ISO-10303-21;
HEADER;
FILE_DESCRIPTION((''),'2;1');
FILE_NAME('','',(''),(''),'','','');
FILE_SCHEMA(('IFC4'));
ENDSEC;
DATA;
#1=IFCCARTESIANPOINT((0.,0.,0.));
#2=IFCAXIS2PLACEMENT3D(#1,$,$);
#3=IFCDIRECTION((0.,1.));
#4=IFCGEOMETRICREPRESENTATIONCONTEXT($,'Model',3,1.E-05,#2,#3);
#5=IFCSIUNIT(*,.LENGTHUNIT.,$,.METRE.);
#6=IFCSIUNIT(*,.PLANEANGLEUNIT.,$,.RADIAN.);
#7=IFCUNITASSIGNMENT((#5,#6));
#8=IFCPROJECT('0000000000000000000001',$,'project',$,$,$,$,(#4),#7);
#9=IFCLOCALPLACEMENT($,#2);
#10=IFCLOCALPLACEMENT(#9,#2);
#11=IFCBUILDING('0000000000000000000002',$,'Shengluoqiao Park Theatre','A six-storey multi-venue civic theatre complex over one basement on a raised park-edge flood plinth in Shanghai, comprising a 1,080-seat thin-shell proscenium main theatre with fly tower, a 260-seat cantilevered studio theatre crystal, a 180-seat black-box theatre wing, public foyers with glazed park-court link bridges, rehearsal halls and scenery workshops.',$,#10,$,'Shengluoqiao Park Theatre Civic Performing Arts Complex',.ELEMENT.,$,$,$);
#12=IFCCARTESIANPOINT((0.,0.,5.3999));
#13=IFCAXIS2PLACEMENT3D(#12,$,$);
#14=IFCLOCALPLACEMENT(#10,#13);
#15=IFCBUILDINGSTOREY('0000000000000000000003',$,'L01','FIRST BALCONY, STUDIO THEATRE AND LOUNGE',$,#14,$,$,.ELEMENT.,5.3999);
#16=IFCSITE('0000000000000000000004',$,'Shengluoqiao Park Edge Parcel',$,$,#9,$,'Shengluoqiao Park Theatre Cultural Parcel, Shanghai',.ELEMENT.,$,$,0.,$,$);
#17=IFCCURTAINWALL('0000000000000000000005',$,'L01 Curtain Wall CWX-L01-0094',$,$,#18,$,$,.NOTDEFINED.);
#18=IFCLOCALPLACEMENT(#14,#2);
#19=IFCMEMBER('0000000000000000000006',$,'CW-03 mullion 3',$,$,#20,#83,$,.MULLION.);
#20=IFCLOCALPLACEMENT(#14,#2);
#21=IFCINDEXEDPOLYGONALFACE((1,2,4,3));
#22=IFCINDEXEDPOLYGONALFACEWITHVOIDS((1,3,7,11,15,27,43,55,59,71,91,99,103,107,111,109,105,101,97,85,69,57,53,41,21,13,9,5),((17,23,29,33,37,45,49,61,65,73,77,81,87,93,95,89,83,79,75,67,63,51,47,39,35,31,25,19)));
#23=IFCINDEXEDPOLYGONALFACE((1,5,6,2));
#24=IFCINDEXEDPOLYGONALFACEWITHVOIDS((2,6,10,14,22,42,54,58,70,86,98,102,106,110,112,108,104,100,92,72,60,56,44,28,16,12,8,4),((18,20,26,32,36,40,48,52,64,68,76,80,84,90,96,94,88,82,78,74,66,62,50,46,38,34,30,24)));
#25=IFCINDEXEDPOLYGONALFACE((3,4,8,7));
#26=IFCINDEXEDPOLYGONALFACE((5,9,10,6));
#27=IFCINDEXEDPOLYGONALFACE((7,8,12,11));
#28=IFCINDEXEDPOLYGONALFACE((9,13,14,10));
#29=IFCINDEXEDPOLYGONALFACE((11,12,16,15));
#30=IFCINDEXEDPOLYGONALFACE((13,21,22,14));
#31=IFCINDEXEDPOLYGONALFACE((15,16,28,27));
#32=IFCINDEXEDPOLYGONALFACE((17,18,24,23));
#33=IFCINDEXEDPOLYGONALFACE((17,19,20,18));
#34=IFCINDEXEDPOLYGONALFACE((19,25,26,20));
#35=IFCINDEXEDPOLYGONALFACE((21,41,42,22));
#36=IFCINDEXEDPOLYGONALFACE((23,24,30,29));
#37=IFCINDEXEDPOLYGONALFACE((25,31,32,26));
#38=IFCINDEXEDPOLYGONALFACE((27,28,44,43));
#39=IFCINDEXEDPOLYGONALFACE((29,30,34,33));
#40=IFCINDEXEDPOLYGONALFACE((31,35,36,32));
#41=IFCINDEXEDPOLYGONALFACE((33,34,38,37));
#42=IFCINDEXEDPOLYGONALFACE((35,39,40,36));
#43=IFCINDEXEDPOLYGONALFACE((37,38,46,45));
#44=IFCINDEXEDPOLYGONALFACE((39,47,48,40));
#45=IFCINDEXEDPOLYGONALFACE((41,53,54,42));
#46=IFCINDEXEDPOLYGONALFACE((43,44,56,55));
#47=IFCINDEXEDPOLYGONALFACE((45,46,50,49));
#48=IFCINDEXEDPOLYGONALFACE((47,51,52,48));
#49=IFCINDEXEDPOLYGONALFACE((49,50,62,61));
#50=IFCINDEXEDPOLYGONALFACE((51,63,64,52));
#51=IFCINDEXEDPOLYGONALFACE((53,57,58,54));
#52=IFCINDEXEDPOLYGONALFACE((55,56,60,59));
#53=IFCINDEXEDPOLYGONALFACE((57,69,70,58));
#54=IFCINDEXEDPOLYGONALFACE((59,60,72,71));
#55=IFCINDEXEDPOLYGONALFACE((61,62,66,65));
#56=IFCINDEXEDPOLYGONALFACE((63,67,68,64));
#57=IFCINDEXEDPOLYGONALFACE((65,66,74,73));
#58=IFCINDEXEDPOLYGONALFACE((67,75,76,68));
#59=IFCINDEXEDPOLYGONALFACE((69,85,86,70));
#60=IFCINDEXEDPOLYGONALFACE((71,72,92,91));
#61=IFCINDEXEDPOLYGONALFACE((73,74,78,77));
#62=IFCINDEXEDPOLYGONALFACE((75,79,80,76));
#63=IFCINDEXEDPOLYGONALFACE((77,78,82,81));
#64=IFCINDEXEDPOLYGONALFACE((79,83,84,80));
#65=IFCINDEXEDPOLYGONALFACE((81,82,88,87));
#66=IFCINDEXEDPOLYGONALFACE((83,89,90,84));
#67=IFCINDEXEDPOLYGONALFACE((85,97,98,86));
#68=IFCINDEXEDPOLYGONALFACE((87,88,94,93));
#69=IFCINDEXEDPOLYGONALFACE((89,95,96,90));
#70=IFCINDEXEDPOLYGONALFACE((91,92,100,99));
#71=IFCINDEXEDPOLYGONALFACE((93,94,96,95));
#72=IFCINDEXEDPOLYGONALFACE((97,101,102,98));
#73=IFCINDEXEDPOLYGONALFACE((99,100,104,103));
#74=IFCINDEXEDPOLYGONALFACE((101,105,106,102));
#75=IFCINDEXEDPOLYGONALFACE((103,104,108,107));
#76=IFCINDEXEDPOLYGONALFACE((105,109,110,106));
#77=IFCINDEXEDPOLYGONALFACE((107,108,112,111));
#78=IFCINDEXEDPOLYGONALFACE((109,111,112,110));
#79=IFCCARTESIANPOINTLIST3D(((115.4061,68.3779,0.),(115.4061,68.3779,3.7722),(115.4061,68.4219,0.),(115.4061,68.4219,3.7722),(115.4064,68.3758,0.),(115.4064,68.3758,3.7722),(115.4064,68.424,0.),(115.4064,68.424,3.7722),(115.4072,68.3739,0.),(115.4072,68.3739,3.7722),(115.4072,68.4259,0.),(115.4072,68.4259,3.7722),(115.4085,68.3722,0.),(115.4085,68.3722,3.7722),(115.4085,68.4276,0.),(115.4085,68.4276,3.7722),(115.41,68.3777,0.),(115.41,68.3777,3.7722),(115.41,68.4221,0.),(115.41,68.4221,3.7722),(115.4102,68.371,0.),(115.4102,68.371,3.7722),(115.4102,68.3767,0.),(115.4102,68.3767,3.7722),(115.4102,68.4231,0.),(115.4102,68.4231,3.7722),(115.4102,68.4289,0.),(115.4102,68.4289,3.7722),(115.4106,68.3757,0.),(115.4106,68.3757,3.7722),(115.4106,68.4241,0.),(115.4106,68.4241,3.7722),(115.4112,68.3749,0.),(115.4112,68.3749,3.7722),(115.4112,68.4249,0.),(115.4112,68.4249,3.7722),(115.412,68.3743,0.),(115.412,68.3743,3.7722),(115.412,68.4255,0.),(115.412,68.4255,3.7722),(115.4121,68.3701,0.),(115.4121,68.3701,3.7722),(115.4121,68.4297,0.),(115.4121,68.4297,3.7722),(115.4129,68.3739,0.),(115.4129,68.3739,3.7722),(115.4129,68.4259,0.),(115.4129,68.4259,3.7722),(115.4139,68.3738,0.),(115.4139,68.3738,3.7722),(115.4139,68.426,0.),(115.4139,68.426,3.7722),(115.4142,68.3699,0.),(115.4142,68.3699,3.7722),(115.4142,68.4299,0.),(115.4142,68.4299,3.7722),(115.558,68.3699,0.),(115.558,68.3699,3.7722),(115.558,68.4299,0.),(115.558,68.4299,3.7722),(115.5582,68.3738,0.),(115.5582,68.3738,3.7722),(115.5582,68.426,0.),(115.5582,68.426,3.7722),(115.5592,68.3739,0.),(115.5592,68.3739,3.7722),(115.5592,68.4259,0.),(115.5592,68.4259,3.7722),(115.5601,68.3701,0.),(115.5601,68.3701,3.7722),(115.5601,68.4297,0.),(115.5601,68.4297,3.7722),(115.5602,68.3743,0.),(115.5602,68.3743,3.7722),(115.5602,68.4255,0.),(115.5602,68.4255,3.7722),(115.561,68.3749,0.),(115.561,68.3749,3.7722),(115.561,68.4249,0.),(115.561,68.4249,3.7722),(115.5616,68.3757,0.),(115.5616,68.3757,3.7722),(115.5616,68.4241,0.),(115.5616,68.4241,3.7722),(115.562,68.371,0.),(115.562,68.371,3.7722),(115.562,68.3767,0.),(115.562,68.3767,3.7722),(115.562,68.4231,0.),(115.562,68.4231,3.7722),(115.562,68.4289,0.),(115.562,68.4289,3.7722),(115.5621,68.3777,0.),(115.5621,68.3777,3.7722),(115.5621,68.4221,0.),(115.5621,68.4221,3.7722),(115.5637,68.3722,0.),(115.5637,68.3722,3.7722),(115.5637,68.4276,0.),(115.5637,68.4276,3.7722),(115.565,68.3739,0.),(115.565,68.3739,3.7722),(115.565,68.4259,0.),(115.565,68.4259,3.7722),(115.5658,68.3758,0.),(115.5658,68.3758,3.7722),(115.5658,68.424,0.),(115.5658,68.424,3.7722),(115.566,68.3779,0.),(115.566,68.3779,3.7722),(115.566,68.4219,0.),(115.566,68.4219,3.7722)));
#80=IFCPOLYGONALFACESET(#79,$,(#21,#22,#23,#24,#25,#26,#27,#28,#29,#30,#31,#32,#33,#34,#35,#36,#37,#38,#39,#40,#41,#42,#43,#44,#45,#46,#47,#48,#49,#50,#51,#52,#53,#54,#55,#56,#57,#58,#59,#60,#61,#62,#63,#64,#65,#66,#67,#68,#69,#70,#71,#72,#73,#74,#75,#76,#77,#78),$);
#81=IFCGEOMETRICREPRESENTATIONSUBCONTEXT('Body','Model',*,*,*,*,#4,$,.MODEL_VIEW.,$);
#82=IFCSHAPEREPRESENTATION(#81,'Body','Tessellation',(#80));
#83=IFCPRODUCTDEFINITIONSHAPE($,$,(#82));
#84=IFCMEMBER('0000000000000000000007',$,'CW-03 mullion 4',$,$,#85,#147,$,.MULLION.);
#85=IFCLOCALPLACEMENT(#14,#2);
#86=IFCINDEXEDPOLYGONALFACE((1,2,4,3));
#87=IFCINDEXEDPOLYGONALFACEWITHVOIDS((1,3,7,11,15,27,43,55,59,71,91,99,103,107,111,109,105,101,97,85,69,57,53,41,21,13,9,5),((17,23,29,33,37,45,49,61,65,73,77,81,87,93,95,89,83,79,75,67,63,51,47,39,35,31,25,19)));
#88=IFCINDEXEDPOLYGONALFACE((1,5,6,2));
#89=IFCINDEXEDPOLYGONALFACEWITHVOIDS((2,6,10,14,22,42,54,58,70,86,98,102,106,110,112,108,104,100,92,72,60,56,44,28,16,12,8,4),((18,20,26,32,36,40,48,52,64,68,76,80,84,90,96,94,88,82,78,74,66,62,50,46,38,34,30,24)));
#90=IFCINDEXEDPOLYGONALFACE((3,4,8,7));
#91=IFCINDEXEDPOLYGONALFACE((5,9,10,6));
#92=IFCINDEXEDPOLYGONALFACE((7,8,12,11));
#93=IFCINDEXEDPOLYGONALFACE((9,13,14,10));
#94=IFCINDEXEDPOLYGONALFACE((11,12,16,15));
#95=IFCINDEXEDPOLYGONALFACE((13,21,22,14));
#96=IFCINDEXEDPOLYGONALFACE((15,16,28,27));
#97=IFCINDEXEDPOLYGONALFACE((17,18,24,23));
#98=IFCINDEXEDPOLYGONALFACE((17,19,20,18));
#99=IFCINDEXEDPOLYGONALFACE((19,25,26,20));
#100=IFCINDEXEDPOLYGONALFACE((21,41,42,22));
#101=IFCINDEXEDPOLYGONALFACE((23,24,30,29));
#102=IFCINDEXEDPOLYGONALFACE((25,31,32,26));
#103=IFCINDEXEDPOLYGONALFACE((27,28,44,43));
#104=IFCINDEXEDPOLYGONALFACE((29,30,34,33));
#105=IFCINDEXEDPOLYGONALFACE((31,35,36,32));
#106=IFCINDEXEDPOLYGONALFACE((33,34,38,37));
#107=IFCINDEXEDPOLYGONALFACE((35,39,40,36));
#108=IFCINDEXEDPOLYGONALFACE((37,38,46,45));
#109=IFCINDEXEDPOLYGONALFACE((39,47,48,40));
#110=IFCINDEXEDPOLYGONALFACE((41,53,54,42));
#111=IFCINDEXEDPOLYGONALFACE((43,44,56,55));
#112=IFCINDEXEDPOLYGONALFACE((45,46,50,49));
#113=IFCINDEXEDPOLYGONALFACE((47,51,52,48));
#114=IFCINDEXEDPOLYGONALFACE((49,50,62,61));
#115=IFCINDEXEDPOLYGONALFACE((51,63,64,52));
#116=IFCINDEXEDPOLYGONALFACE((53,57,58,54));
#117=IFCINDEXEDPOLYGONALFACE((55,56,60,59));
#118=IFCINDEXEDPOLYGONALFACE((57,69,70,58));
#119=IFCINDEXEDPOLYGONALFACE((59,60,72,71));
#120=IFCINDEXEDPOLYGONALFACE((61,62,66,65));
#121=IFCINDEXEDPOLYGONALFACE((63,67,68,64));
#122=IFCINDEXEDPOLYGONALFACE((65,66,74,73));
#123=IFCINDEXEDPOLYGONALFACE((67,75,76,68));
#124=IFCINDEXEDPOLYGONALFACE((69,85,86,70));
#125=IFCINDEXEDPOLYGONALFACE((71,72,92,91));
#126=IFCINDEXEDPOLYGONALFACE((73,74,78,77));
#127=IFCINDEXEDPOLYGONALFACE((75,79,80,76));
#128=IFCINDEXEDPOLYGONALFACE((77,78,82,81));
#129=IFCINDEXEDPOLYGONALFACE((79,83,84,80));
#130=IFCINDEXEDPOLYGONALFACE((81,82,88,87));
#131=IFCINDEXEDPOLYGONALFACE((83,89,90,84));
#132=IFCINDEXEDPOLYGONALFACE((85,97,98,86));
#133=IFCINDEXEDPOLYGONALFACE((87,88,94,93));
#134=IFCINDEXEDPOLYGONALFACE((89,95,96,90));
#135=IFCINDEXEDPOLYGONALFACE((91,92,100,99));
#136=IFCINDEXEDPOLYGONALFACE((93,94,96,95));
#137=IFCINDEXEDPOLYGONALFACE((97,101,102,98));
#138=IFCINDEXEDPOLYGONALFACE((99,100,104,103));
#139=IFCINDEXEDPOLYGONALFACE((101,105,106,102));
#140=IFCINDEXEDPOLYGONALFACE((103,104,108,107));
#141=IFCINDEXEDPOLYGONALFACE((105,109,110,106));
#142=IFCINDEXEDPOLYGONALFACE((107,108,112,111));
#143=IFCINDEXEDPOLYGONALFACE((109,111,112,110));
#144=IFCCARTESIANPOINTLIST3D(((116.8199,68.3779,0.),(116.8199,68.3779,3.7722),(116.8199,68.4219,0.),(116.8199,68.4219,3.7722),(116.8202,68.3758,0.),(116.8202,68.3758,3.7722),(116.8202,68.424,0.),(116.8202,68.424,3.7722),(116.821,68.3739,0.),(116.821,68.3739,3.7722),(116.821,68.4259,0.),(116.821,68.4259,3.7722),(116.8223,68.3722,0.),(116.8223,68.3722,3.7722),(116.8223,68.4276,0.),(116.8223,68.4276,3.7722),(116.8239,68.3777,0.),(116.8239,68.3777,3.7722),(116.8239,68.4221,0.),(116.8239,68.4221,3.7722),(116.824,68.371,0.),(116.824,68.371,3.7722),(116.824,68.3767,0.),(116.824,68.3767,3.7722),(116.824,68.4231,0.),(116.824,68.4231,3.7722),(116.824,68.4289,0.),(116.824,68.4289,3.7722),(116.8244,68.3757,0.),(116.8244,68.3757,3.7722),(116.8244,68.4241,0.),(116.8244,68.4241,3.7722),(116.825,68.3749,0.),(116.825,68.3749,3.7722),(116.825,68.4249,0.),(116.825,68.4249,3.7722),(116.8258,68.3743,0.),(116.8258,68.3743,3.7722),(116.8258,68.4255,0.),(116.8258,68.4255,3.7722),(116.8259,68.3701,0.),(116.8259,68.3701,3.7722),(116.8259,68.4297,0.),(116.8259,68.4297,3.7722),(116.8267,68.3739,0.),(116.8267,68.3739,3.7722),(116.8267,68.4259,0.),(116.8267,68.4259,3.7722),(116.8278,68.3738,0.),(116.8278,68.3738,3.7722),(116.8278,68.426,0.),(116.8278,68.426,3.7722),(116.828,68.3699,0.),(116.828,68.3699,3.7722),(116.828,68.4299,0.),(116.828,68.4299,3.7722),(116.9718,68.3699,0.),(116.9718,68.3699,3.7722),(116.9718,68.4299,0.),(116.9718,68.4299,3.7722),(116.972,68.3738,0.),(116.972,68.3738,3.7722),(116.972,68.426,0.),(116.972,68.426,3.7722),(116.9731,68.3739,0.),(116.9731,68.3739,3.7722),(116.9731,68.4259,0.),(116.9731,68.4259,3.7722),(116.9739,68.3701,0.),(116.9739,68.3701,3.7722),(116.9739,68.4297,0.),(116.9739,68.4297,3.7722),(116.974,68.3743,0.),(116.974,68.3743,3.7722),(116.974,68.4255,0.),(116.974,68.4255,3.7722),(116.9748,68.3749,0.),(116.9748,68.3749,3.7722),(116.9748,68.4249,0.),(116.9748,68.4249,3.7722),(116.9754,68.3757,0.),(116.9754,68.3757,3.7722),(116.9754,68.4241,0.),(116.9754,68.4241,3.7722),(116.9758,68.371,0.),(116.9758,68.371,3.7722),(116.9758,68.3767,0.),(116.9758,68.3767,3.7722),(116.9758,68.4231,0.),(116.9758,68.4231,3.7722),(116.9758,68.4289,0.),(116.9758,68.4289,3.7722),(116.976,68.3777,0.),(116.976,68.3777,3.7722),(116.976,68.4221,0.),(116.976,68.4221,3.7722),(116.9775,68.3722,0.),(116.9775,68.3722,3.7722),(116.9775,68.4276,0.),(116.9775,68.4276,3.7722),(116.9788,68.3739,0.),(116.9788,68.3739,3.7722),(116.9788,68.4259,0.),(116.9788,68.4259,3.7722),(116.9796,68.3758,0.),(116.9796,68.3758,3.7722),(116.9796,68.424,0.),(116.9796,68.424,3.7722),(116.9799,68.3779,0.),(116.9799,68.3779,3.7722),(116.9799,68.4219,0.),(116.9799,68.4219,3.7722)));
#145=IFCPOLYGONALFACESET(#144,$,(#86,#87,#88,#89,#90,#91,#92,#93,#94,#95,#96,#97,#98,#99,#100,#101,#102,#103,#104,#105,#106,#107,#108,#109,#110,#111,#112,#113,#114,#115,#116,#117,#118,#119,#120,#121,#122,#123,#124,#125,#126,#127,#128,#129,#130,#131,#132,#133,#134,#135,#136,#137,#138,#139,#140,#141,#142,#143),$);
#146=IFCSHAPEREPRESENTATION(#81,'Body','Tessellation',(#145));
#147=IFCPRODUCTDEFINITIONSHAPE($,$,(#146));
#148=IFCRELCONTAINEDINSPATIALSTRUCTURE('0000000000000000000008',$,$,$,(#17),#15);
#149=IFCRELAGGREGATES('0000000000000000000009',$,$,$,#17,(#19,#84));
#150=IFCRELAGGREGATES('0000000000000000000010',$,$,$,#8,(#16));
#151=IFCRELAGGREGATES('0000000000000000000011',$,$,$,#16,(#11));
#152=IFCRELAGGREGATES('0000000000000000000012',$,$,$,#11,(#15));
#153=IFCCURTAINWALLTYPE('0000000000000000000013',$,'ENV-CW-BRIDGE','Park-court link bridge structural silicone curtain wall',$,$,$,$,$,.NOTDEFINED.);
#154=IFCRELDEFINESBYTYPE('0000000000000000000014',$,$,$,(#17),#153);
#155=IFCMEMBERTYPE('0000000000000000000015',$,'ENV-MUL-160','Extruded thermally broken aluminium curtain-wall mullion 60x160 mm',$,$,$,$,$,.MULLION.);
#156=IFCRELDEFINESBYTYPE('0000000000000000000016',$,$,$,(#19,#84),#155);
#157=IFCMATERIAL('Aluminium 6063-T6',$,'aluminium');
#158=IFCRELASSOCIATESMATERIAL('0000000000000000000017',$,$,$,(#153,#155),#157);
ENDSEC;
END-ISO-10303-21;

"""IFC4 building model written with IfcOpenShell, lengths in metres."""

from ifc_helpers import new_model, si_unit, direction, frame, origin, origin_2d, place, context, subcontext, project, spatial, hollow_rectangle, extrude, material, material_profile, profile_set, type_object, element, aggregate, save


model = new_model("IFC4")

# Units and contexts
model_context = context("Model", 3, precision=1e-05, world=origin(), true_north=direction((0.0, 1.0)))
body_context = subcontext(model_context, "Body", "Model", "MODEL_VIEW")
ifc_project = project(units=[si_unit("LENGTHUNIT", "METRE"), si_unit("PLANEANGLEUNIT", "RADIAN")], contexts=[model_context])

# Site, building, storey
site_placement = place(None, origin())
site = spatial("IfcSite", under=ifc_project, at=site_placement, Name="Shengluoqiao Park Edge Parcel", LongName="Shengluoqiao Park Theatre Cultural Parcel, Shanghai", CompositionType="ELEMENT", RefElevation=0.0)
building_placement = place(site_placement, origin())
building = spatial("IfcBuilding", under=site, at=building_placement, Name="Shengluoqiao Park Theatre", Description="A six-storey multi-venue civic theatre complex over one basement on a raised park-edge flood plinth in Shanghai, comprising a 1,080-seat thin-shell proscenium main theatre with fly tower, a 260-seat cantilevered studio theatre crystal, a 180-seat black-box theatre wing, public foyers with glazed park-court link bridges, rehearsal halls and scenery workshops.", LongName="Shengluoqiao Park Theatre Civic Performing Arts Complex", CompositionType="ELEMENT")
storey_placement = place(building_placement, frame((0.0, 0.0, 5.3999)))
storey = spatial("IfcBuildingStorey", under=building, at=storey_placement, Name="L01", Description="FIRST BALCONY, STUDIO THEATRE AND LOUNGE", CompositionType="ELEMENT", Elevation=5.3999)

# Curtain wall, members
ifc_material_1 = material(Name="Aluminium 6063-T6", Category="aluminium")
curtain_wall_type = type_object("IfcCurtainWallType", Name="ENV-CW-BRIDGE", Description="Park-court link bridge structural silicone curtain wall", PredefinedType="NOTDEFINED", material=ifc_material_1)
curtain_wall_placement = place(storey_placement, origin())
curtain_wall = element("IfcCurtainWall", 1, at=curtain_wall_placement, inside=storey, type_object=curtain_wall_type, Name="L01 Curtain Wall CWX-L01-0094", PredefinedType="NOTDEFINED")
ifc_material_profile_1 = material_profile(ifc_material_1, hollow_rectangle(XDim=0.0601, YDim=0.1599, WallThickness=0.0039, InnerFilletRadius=0.0039, OuterFilletRadius=0.0081, at=origin_2d()), Name="ALU MULLION 160x60x4")
ifc_profile_set_1 = profile_set([ifc_material_profile_1], Name="Aluminium 6063-T6")
member_type_1 = type_object("IfcMemberType", Name="ENV-MUL-160", Description="Extruded thermally broken aluminium curtain-wall mullion 60x160 mm", PredefinedType="MULLION", material=ifc_profile_set_1)
member_1_placement = place(storey_placement, frame((115.4861, 68.3999, 0.0), z_axis=(0.0, 0.0, 1.0), x_axis=(0.0, 1.0, 0.0)))
member_1 = element("IfcMember", 2, at=member_1_placement, type_object=member_type_1, Name="CW-03 mullion 3", PredefinedType="MULLION", context=body_context, shape_type="SweptSolid", body=[
    extrude(hollow_rectangle(XDim=0.0601, YDim=0.1599, WallThickness=0.0039, InnerFilletRadius=0.0039, OuterFilletRadius=0.0081, at=origin_2d()), origin(), (0.0, 0.0, 1.0), 3.7722),
])
member_2_placement = place(storey_placement, frame((116.8999, 68.3999, 0.0), z_axis=(0.0, 0.0, 1.0), x_axis=(0.0, 1.0, 0.0)))
member_2 = element("IfcMember", 3, at=member_2_placement, type_object=member_type_1, Name="CW-03 mullion 4", PredefinedType="MULLION", context=body_context, shape_type="SweptSolid", body=[
    extrude(hollow_rectangle(XDim=0.0601, YDim=0.1599, WallThickness=0.0039, InnerFilletRadius=0.0039, OuterFilletRadius=0.0081, at=origin_2d()), origin(), (0.0, 0.0, 1.0), 3.7722),
])

aggregate(curtain_wall, [member_1, member_2])

save(model, "model.ifc")
